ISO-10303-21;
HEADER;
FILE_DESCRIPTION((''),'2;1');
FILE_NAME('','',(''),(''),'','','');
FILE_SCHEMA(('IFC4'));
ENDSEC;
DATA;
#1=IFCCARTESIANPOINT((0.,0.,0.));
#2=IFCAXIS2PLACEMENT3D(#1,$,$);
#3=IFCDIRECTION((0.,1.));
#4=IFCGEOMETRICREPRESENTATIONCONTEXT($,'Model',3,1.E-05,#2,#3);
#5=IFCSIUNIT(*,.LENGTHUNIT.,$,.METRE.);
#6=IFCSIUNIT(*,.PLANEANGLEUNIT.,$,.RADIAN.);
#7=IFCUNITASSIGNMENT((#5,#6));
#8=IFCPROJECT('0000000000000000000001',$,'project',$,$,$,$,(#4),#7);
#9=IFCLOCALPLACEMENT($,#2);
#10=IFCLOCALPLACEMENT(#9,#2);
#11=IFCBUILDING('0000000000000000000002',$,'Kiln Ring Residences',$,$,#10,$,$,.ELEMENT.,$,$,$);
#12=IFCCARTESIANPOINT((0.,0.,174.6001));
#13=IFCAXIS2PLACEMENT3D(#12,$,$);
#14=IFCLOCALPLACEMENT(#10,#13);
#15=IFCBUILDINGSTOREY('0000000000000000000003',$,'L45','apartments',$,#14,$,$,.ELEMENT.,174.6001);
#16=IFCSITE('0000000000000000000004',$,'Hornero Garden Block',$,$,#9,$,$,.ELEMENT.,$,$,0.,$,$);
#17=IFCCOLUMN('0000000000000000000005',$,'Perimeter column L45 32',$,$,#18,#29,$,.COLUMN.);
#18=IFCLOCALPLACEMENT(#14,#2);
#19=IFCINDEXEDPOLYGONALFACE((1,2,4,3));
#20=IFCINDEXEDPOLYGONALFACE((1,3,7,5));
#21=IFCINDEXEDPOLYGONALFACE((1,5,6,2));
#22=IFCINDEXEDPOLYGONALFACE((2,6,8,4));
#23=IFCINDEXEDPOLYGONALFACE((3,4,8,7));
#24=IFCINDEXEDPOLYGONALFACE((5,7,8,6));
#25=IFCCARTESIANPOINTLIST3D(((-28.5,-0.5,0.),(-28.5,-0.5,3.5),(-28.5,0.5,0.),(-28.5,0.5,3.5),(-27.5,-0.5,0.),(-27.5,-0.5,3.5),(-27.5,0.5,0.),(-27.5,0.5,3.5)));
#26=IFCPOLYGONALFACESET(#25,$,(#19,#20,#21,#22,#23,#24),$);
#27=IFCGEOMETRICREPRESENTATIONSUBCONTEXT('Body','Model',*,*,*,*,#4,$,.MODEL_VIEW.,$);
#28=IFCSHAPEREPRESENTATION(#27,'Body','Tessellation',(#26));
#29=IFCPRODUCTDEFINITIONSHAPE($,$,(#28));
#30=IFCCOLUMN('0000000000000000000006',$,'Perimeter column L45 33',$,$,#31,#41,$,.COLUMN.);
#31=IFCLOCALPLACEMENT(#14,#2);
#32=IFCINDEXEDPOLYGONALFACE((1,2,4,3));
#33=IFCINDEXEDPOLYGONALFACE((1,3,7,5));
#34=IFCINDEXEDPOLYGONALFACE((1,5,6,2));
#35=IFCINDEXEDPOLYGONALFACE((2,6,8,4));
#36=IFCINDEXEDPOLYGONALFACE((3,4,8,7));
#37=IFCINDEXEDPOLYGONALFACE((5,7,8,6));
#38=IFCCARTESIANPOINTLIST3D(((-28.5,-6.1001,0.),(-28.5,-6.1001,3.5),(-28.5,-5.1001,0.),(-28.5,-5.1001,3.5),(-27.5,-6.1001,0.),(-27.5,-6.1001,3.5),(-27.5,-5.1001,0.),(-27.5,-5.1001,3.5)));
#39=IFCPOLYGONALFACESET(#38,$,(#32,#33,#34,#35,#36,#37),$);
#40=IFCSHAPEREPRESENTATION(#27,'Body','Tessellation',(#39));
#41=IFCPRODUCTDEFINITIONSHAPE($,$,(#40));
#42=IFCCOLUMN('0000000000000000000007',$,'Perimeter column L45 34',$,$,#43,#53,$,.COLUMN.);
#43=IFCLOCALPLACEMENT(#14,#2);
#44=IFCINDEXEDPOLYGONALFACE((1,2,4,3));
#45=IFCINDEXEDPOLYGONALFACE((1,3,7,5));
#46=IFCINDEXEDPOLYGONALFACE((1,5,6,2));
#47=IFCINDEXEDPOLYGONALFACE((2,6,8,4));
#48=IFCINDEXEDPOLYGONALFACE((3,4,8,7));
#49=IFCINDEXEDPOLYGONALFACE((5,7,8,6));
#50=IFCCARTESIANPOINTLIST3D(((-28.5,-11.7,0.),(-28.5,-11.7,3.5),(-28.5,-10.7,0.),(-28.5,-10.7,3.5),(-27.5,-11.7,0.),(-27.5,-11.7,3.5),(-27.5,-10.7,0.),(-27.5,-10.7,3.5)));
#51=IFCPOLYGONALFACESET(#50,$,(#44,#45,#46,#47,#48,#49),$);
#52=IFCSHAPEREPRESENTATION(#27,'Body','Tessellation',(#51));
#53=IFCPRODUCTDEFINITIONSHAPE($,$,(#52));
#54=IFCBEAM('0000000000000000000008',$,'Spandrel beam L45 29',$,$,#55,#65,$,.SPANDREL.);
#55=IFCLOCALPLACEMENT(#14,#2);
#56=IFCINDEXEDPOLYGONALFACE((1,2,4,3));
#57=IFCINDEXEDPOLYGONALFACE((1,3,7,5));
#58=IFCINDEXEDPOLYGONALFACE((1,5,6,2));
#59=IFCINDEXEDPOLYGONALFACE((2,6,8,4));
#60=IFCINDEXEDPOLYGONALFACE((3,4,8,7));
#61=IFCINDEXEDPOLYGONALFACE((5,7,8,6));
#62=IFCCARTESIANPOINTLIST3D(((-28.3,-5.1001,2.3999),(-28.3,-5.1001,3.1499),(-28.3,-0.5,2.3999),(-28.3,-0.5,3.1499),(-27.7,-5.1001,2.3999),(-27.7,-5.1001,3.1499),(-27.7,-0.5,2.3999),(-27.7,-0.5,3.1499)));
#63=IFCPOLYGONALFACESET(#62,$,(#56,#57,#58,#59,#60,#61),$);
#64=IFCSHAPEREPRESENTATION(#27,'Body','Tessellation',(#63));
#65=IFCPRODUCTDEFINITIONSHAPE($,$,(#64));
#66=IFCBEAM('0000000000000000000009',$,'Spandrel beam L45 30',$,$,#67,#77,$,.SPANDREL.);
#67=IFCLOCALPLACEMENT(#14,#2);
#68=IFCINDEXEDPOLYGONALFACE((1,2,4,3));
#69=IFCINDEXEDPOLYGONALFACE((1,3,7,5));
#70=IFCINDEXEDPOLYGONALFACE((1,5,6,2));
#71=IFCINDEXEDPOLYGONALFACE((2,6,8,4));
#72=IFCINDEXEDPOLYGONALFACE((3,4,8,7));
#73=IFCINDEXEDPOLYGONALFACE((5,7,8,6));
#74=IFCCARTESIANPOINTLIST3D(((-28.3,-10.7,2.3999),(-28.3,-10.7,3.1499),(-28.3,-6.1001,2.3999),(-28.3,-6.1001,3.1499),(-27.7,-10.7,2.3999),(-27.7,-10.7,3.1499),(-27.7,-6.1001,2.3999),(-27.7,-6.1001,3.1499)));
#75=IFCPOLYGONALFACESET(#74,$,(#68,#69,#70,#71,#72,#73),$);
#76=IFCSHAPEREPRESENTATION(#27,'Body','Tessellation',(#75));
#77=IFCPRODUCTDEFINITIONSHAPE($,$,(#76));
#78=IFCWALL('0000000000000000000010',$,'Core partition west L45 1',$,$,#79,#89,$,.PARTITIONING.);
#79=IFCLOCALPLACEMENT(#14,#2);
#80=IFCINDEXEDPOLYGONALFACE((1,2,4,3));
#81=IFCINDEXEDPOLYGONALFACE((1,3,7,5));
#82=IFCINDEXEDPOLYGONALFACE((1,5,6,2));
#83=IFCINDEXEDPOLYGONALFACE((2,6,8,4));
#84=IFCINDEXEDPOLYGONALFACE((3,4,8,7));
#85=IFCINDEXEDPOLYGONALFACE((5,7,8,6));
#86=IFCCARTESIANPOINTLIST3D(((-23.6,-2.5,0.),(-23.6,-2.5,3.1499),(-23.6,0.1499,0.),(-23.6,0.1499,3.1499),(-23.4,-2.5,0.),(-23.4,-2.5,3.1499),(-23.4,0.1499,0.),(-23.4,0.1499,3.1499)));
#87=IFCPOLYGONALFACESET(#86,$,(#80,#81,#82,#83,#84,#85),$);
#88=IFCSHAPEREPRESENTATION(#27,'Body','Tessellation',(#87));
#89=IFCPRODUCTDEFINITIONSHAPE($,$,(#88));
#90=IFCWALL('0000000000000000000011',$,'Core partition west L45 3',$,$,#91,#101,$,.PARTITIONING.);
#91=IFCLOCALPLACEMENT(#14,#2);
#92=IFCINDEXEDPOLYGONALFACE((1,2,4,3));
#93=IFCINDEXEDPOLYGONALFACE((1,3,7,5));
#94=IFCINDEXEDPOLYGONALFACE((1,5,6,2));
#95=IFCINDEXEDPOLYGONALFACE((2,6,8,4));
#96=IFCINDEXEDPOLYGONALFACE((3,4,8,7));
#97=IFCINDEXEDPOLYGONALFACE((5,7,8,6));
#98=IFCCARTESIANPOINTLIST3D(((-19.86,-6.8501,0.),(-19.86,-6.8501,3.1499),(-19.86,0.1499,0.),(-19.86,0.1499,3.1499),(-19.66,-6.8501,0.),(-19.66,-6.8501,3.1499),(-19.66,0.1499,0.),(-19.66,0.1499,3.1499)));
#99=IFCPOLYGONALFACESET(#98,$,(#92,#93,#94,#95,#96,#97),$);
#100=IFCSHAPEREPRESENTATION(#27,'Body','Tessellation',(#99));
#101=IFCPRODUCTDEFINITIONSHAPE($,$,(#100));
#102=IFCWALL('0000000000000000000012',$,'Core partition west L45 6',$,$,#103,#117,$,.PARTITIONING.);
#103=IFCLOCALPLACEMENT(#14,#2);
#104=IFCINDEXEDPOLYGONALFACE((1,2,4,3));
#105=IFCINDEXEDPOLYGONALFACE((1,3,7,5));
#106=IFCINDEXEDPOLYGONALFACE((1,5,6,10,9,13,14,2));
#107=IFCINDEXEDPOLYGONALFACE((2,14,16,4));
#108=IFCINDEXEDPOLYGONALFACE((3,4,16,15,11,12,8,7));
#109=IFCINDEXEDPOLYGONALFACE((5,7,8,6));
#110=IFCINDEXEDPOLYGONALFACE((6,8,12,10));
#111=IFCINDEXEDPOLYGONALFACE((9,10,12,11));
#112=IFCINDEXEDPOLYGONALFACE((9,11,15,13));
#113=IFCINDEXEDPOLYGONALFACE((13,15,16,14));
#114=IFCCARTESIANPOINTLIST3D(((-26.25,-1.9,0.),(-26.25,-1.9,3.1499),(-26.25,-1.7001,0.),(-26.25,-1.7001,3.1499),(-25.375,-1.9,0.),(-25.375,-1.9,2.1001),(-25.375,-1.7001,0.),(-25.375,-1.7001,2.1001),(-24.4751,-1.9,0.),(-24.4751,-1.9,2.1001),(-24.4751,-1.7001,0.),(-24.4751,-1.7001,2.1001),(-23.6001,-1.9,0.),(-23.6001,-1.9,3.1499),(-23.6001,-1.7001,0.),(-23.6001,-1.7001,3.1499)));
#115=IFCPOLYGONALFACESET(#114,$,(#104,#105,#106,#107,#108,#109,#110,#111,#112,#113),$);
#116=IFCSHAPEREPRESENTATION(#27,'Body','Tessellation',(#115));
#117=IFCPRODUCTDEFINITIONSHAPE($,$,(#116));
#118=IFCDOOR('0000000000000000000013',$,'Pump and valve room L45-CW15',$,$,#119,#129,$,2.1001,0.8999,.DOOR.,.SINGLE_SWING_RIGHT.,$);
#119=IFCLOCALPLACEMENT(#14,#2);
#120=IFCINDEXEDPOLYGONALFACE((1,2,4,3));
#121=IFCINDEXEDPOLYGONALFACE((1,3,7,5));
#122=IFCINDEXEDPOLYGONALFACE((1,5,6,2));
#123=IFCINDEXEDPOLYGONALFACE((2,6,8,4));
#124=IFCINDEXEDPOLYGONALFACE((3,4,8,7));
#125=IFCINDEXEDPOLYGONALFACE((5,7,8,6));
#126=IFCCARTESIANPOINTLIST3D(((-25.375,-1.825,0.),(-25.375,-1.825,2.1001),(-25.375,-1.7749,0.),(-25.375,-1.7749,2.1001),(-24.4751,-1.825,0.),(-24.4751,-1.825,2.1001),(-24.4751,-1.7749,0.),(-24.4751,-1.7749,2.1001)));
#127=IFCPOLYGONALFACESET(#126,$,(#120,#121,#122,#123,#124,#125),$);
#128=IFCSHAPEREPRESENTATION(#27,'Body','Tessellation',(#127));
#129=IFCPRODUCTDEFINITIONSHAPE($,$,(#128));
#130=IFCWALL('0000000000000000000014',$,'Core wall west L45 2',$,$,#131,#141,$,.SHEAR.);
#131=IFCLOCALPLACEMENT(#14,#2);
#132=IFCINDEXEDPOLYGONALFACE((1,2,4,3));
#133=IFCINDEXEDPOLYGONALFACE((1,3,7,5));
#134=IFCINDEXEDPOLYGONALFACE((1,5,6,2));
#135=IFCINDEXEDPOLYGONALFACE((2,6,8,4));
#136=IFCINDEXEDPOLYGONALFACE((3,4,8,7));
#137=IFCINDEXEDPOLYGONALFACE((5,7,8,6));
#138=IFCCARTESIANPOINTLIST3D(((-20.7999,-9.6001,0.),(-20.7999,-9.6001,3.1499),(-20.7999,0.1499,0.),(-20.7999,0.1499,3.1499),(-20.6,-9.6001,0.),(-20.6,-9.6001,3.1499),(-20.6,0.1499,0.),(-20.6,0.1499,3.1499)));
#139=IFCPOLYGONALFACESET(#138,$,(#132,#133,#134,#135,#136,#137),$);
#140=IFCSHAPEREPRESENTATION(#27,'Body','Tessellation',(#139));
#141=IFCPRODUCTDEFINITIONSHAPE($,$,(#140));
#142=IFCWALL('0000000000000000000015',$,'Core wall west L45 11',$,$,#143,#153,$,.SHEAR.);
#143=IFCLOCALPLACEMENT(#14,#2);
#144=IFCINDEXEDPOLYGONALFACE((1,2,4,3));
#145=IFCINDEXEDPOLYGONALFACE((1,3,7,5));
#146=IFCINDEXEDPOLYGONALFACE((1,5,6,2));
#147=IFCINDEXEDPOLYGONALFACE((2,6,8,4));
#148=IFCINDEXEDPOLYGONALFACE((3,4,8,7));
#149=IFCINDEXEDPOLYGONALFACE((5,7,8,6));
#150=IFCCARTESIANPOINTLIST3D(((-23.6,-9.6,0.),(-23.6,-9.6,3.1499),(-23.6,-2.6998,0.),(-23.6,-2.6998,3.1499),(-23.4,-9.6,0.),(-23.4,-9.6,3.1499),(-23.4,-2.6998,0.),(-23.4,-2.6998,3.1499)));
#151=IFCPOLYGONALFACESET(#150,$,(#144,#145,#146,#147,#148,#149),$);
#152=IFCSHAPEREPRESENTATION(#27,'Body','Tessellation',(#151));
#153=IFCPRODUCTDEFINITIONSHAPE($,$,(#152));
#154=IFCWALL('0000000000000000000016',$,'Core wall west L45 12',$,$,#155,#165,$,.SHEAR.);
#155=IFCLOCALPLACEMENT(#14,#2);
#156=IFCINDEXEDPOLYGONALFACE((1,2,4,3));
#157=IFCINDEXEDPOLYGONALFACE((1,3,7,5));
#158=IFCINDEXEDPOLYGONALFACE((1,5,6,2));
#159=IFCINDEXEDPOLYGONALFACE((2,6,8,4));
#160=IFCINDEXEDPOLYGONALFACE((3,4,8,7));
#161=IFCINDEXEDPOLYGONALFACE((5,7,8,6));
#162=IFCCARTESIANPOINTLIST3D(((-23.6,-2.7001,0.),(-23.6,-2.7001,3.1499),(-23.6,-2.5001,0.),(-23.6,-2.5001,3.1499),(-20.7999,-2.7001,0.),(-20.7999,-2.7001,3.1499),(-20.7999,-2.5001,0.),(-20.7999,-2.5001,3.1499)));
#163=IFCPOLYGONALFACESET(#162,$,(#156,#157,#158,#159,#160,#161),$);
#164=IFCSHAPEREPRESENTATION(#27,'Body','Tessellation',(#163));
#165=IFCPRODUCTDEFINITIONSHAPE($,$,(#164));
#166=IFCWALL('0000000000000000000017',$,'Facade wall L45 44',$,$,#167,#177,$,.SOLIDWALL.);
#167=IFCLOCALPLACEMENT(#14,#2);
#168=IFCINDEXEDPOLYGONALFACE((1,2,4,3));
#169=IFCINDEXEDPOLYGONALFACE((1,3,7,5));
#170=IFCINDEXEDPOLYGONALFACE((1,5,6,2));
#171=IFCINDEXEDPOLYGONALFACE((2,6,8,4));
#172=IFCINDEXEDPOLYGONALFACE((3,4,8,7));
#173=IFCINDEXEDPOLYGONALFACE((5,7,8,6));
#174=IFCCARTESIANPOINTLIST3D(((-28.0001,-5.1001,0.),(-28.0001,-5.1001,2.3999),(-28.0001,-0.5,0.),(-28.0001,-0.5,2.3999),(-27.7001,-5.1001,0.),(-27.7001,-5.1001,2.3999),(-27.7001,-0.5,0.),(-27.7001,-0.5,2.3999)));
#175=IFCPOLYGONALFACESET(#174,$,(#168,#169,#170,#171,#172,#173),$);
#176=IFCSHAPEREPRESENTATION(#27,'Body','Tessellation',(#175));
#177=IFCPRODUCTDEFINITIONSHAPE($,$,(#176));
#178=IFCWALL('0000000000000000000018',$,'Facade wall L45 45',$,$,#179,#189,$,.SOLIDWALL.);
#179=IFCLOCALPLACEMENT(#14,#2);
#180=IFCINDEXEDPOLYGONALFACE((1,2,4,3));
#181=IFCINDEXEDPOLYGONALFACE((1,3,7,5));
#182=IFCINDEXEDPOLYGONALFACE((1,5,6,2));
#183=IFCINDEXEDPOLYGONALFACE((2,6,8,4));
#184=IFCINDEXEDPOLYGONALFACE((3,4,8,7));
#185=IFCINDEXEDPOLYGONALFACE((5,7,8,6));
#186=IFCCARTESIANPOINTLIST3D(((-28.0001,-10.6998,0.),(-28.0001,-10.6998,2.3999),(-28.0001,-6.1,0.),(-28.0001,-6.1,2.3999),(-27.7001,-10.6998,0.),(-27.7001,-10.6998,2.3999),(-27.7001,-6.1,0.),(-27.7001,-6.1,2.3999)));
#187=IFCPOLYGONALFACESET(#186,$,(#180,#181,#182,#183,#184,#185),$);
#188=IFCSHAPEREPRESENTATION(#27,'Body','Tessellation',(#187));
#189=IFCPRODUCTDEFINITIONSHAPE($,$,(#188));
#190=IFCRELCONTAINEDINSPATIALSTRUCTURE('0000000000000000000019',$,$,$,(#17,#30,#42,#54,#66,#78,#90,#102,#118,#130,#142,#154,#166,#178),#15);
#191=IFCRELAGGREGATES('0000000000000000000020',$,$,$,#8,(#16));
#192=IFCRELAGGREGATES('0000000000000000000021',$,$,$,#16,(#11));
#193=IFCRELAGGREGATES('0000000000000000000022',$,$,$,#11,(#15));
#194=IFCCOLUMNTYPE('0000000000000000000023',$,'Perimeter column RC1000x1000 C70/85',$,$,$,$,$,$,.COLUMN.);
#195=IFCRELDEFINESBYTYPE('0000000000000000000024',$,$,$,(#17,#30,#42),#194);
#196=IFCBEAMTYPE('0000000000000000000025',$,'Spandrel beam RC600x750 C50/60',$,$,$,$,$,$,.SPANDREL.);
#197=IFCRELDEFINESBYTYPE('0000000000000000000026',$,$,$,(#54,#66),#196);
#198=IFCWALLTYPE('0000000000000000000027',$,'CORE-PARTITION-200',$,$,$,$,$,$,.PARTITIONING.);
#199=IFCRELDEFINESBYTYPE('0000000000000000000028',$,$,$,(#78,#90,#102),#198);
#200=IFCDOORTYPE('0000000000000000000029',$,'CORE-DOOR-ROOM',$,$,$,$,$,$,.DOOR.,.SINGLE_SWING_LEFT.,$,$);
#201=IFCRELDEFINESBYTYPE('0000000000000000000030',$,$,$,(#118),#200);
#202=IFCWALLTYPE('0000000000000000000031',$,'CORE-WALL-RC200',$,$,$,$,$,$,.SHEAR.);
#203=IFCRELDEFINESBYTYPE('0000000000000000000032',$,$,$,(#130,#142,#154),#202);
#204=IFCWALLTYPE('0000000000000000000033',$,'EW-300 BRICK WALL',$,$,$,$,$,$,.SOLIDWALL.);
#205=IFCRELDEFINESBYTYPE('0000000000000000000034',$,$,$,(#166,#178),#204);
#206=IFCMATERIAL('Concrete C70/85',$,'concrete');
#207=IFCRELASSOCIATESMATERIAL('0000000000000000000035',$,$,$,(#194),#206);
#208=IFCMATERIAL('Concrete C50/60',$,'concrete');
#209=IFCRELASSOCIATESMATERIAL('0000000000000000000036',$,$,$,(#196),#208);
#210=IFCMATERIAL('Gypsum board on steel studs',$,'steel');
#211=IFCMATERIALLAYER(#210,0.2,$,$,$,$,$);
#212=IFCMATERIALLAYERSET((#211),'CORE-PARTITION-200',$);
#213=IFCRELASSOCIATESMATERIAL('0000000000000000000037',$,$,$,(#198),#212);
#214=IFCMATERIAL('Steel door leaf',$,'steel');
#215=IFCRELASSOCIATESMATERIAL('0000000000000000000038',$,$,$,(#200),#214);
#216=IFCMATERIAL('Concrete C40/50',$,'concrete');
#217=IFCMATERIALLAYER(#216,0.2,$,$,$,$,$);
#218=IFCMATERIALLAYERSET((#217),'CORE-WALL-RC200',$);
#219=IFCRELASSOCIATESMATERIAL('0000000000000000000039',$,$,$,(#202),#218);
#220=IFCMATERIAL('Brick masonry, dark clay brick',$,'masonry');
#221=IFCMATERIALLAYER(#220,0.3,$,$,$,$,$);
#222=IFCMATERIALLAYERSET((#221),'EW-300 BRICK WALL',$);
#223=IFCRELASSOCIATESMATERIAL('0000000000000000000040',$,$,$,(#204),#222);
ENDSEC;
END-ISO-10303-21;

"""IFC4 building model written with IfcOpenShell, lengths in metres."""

from ifc_helpers import new_model, si_unit, direction, frame, frame_2d, origin, origin_2d, place, context, subcontext, project, spatial, rectangle, extrude, material, layer, layer_set, material_profile, profile_set, type_object, element, fill, save


model = new_model("IFC4")

# Units and contexts
model_context = context("Model", 3, precision=1e-05, world=origin(), true_north=direction((0.0, 1.0)))
body_context = subcontext(model_context, "Body", "Model", "MODEL_VIEW")
ifc_project = project(units=[si_unit("LENGTHUNIT", "METRE"), si_unit("PLANEANGLEUNIT", "RADIAN")], contexts=[model_context])

# Site, building, storey
site_placement = place(None, origin())
site = spatial("IfcSite", under=ifc_project, at=site_placement, Name="Hornero Garden Block", CompositionType="ELEMENT", RefElevation=0.0)
building_placement = place(site_placement, origin())
building = spatial("IfcBuilding", under=site, at=building_placement, Name="Kiln Ring Residences", CompositionType="ELEMENT")
storey_placement = place(building_placement, frame((0.0, 0.0, 174.6001)))
storey = spatial("IfcBuildingStorey", under=building, at=storey_placement, Name="L45", Description="apartments", CompositionType="ELEMENT", Elevation=174.6001)

# Columns
ifc_material_1 = material(Name="Concrete C70/85", Category="concrete")
ifc_material_profile_1 = material_profile(ifc_material_1, rectangle(XDim=1.0, YDim=1.0, at=origin_2d()), Name="RC1000x1000")
ifc_profile_set_1 = profile_set([ifc_material_profile_1], Name="Concrete C70/85")
column_type = type_object("IfcColumnType", Name="Perimeter column RC1000x1000 C70/85", PredefinedType="COLUMN", material=ifc_profile_set_1)
for number, where, z_axis, x_axis, name in (
    (1, (-28.0, 0.0, 0.0), (0.0, 0.0, 1.0), (1.0, 0.0, 0.0), "Perimeter column L45 32"),
    (2, (-28.0, -5.6001, 0.0), (0.0, 0.0, 1.0), (1.0, 0.0, 0.0), "Perimeter column L45 33"),
    (3, (-28.0, -11.2, 0.0), (0.0, 0.0, 1.0), (1.0, 0.0, 0.0), "Perimeter column L45 34"),
):
    element("IfcColumn", number, at=place(storey_placement, frame(where, z_axis=z_axis, x_axis=x_axis)), inside=storey, type_object=column_type, Name=name, PredefinedType="COLUMN", context=body_context, shape_type="SweptSolid", body=[
        extrude(rectangle(XDim=1.0, YDim=1.0, at=origin_2d()), origin(), (0.0, 0.0, 1.0), 3.5),
    ])

# Beams
ifc_material_2 = material(Name="Concrete C50/60", Category="concrete")
ifc_material_profile_2 = material_profile(ifc_material_2, rectangle(XDim=0.6001, YDim=0.75, at=origin_2d()), Name="RC600x750")
ifc_profile_set_2 = profile_set([ifc_material_profile_2], Name="Concrete C50/60")
beam_type = type_object("IfcBeamType", Name="Spandrel beam RC600x750 C50/60", PredefinedType="SPANDREL", material=ifc_profile_set_2)
beam_1_placement = place(storey_placement, frame((-28.0, -0.5, 2.7749), z_axis=(0.0, -1.0, 0.0), x_axis=(1.0, 0.0, 0.0)))
element("IfcBeam", 4, at=beam_1_placement, inside=storey, type_object=beam_type, Name="Spandrel beam L45 29", PredefinedType="SPANDREL", context=body_context, shape_type="SweptSolid", body=[
    extrude(rectangle(XDim=0.6001, YDim=0.75, at=origin_2d()), origin(), (0.0, 0.0, 1.0), 4.6001),
])
beam_2_placement = place(storey_placement, frame((-28.0, -6.1001, 2.7749), z_axis=(0.0, -1.0, 0.0), x_axis=(1.0, 0.0, 0.0)))
element("IfcBeam", 5, at=beam_2_placement, inside=storey, type_object=beam_type, Name="Spandrel beam L45 30", PredefinedType="SPANDREL", context=body_context, shape_type="SweptSolid", body=[
    extrude(rectangle(XDim=0.6001, YDim=0.75, at=origin_2d()), origin(), (0.0, 0.0, 1.0), 4.5999),
])

# Walls
ifc_material_3 = material(Name="Gypsum board on steel studs", Category="steel")
ifc_layer_1 = layer(ifc_material_3, 0.2)
ifc_layer_set_1 = layer_set([ifc_layer_1], Name="CORE-PARTITION-200")
wall_type_1 = type_object("IfcWallType", Name="CORE-PARTITION-200", PredefinedType="PARTITIONING", material=ifc_layer_set_1)
wall_1_placement = place(storey_placement, frame((-23.5, -2.5, 0.0), z_axis=(0.0, 0.0, 1.0), x_axis=(0.0, 1.0, 0.0)))
element("IfcWall", 6, at=wall_1_placement, inside=storey, type_object=wall_type_1, Name="Core partition west L45 1", PredefinedType="PARTITIONING", context=body_context, shape_type="SweptSolid", body=[
    extrude(rectangle(XDim=2.6499, YDim=0.2, at=frame_2d((1.325, 0.0))), origin(), (0.0, 0.0, 1.0), 3.1499),
])
wall_2_placement = place(storey_placement, frame((-19.76, -6.8501, 0.0), z_axis=(0.0, 0.0, 1.0), x_axis=(0.0, 1.0, 0.0)))
element("IfcWall", 7, at=wall_2_placement, inside=storey, type_object=wall_type_1, Name="Core partition west L45 3", PredefinedType="PARTITIONING", context=body_context, shape_type="SweptSolid", body=[
    extrude(rectangle(XDim=7.0, YDim=0.2, at=frame_2d((3.5, 0.0))), origin(), (0.0, 0.0, 1.0), 3.1499),
])

# Wall, opening, door
wall_3_placement = place(storey_placement, frame((-23.6001, -1.8, 0.0), z_axis=(0.0, 0.0, 1.0), x_axis=(-1.0, 0.0, 0.0)))
wall_3 = element("IfcWall", 8, at=wall_3_placement, inside=storey, type_object=wall_type_1, Name="Core partition west L45 6", PredefinedType="PARTITIONING", context=body_context, shape_type="SweptSolid", body=[
    extrude(rectangle(XDim=2.6499, YDim=0.2, at=frame_2d((1.325, 0.0))), origin(), (0.0, 0.0, 1.0), 3.1499),
])
opening_placement = place(wall_3_placement, frame((0.875, 0.0, 0.0)))
opening = element("IfcOpeningElement", 9, at=opening_placement, cuts=wall_3, PredefinedType="OPENING", context=body_context, shape_type="SweptSolid", body=[
    extrude(rectangle(XDim=0.8999, YDim=2.1001, at=frame_2d((0.45, 1.05))), frame((0.0, 0.1099, 0.0), z_axis=(0.0, -1.0, 0.0), x_axis=(1.0, 0.0, 0.0)), (0.0, 0.0, 1.0), 0.22),
])
ifc_material_4 = material(Name="Steel door leaf", Category="steel")
door_type = type_object("IfcDoorType", Name="CORE-DOOR-ROOM", OperationType="SINGLE_SWING_LEFT", PredefinedType="DOOR", material=ifc_material_4)
door_placement = place(opening_placement, origin())
door = element("IfcDoor", 10, at=door_placement, inside=storey, type_object=door_type, Name="Pump and valve room L45-CW15", OperationType="SINGLE_SWING_RIGHT", OverallHeight=2.1001, OverallWidth=0.8999, PredefinedType="DOOR", context=body_context, shape_type="SweptSolid", body=[
    extrude(rectangle(XDim=0.8999, YDim=2.1001, at=frame_2d((0.45, 1.05))), frame((0.0, 0.0249, 0.0), z_axis=(0.0, -1.0, 0.0), x_axis=(1.0, 0.0, 0.0)), (0.0, 0.0, 1.0), 0.05),
])
fill(opening, door)

# Walls
ifc_material_5 = material(Name="Concrete C40/50", Category="concrete")
ifc_layer_2 = layer(ifc_material_5, 0.2)
ifc_layer_set_2 = layer_set([ifc_layer_2], Name="CORE-WALL-RC200")
wall_type_2 = type_object("IfcWallType", Name="CORE-WALL-RC200", PredefinedType="SHEAR", material=ifc_layer_set_2)
wall_4_placement = place(storey_placement, frame((-20.7, -9.6001, 0.0), z_axis=(0.0, 0.0, 1.0), x_axis=(0.0, 1.0, 0.0)))
element("IfcWall", 11, at=wall_4_placement, inside=storey, type_object=wall_type_2, Name="Core wall west L45 2", PredefinedType="SHEAR", context=body_context, shape_type="SweptSolid", body=[
    extrude(rectangle(XDim=9.75, YDim=0.2, at=frame_2d((4.875, 0.0))), origin(), (0.0, 0.0, 1.0), 3.1499),
])
wall_5_placement = place(storey_placement, frame((-23.5, -9.6001, 0.0), z_axis=(0.0, 0.0, 1.0), x_axis=(0.0, 1.0, 0.0)))
element("IfcWall", 12, at=wall_5_placement, inside=storey, type_object=wall_type_2, Name="Core wall west L45 11", PredefinedType="SHEAR", context=body_context, shape_type="SweptSolid", body=[
    extrude(rectangle(XDim=6.9001, YDim=0.2, at=frame_2d((3.4502, 0.0))), origin(), (0.0, 0.0, 1.0), 3.1499),
])
wall_6_placement = place(storey_placement, frame((-20.8, -2.6001, 0.0), z_axis=(0.0, 0.0, 1.0), x_axis=(-1.0, 0.0, 0.0)))
element("IfcWall", 13, at=wall_6_placement, inside=storey, type_object=wall_type_2, Name="Core wall west L45 12", PredefinedType="SHEAR", context=body_context, shape_type="SweptSolid", body=[
    extrude(rectangle(XDim=2.8, YDim=0.2, at=frame_2d((1.3999, 0.0))), origin(), (0.0, 0.0, 1.0), 3.1499),
])
ifc_material_6 = material(Name="Brick masonry, dark clay brick", Category="masonry")
ifc_layer_3 = layer(ifc_material_6, 0.3)
ifc_layer_set_3 = layer_set([ifc_layer_3], Name="EW-300 BRICK WALL")
wall_type_3 = type_object("IfcWallType", Name="EW-300 BRICK WALL", PredefinedType="SOLIDWALL", material=ifc_layer_set_3)
wall_7_placement = place(storey_placement, frame((-27.8501, -0.5, 0.0), z_axis=(0.0, 0.0, 1.0), x_axis=(0.0, -1.0, 0.0)))
element("IfcWall", 14, at=wall_7_placement, inside=storey, type_object=wall_type_3, Name="Facade wall L45 44", PredefinedType="SOLIDWALL", context=body_context, shape_type="SweptSolid", body=[
    extrude(rectangle(XDim=4.6001, YDim=0.3, at=frame_2d((2.3, 0.0))), origin(), (0.0, 0.0, 1.0), 2.3999),
])
wall_8_placement = place(storey_placement, frame((-27.8501, -6.1001, 0.0), z_axis=(0.0, 0.0, 1.0), x_axis=(0.0, -1.0, 0.0)))
element("IfcWall", 15, at=wall_8_placement, inside=storey, type_object=wall_type_3, Name="Facade wall L45 45", PredefinedType="SOLIDWALL", context=body_context, shape_type="SweptSolid", body=[
    extrude(rectangle(XDim=4.5999, YDim=0.3, at=frame_2d((2.2998, 0.0))), origin(), (0.0, 0.0, 1.0), 2.3999),
])

save(model, "model.ifc")
